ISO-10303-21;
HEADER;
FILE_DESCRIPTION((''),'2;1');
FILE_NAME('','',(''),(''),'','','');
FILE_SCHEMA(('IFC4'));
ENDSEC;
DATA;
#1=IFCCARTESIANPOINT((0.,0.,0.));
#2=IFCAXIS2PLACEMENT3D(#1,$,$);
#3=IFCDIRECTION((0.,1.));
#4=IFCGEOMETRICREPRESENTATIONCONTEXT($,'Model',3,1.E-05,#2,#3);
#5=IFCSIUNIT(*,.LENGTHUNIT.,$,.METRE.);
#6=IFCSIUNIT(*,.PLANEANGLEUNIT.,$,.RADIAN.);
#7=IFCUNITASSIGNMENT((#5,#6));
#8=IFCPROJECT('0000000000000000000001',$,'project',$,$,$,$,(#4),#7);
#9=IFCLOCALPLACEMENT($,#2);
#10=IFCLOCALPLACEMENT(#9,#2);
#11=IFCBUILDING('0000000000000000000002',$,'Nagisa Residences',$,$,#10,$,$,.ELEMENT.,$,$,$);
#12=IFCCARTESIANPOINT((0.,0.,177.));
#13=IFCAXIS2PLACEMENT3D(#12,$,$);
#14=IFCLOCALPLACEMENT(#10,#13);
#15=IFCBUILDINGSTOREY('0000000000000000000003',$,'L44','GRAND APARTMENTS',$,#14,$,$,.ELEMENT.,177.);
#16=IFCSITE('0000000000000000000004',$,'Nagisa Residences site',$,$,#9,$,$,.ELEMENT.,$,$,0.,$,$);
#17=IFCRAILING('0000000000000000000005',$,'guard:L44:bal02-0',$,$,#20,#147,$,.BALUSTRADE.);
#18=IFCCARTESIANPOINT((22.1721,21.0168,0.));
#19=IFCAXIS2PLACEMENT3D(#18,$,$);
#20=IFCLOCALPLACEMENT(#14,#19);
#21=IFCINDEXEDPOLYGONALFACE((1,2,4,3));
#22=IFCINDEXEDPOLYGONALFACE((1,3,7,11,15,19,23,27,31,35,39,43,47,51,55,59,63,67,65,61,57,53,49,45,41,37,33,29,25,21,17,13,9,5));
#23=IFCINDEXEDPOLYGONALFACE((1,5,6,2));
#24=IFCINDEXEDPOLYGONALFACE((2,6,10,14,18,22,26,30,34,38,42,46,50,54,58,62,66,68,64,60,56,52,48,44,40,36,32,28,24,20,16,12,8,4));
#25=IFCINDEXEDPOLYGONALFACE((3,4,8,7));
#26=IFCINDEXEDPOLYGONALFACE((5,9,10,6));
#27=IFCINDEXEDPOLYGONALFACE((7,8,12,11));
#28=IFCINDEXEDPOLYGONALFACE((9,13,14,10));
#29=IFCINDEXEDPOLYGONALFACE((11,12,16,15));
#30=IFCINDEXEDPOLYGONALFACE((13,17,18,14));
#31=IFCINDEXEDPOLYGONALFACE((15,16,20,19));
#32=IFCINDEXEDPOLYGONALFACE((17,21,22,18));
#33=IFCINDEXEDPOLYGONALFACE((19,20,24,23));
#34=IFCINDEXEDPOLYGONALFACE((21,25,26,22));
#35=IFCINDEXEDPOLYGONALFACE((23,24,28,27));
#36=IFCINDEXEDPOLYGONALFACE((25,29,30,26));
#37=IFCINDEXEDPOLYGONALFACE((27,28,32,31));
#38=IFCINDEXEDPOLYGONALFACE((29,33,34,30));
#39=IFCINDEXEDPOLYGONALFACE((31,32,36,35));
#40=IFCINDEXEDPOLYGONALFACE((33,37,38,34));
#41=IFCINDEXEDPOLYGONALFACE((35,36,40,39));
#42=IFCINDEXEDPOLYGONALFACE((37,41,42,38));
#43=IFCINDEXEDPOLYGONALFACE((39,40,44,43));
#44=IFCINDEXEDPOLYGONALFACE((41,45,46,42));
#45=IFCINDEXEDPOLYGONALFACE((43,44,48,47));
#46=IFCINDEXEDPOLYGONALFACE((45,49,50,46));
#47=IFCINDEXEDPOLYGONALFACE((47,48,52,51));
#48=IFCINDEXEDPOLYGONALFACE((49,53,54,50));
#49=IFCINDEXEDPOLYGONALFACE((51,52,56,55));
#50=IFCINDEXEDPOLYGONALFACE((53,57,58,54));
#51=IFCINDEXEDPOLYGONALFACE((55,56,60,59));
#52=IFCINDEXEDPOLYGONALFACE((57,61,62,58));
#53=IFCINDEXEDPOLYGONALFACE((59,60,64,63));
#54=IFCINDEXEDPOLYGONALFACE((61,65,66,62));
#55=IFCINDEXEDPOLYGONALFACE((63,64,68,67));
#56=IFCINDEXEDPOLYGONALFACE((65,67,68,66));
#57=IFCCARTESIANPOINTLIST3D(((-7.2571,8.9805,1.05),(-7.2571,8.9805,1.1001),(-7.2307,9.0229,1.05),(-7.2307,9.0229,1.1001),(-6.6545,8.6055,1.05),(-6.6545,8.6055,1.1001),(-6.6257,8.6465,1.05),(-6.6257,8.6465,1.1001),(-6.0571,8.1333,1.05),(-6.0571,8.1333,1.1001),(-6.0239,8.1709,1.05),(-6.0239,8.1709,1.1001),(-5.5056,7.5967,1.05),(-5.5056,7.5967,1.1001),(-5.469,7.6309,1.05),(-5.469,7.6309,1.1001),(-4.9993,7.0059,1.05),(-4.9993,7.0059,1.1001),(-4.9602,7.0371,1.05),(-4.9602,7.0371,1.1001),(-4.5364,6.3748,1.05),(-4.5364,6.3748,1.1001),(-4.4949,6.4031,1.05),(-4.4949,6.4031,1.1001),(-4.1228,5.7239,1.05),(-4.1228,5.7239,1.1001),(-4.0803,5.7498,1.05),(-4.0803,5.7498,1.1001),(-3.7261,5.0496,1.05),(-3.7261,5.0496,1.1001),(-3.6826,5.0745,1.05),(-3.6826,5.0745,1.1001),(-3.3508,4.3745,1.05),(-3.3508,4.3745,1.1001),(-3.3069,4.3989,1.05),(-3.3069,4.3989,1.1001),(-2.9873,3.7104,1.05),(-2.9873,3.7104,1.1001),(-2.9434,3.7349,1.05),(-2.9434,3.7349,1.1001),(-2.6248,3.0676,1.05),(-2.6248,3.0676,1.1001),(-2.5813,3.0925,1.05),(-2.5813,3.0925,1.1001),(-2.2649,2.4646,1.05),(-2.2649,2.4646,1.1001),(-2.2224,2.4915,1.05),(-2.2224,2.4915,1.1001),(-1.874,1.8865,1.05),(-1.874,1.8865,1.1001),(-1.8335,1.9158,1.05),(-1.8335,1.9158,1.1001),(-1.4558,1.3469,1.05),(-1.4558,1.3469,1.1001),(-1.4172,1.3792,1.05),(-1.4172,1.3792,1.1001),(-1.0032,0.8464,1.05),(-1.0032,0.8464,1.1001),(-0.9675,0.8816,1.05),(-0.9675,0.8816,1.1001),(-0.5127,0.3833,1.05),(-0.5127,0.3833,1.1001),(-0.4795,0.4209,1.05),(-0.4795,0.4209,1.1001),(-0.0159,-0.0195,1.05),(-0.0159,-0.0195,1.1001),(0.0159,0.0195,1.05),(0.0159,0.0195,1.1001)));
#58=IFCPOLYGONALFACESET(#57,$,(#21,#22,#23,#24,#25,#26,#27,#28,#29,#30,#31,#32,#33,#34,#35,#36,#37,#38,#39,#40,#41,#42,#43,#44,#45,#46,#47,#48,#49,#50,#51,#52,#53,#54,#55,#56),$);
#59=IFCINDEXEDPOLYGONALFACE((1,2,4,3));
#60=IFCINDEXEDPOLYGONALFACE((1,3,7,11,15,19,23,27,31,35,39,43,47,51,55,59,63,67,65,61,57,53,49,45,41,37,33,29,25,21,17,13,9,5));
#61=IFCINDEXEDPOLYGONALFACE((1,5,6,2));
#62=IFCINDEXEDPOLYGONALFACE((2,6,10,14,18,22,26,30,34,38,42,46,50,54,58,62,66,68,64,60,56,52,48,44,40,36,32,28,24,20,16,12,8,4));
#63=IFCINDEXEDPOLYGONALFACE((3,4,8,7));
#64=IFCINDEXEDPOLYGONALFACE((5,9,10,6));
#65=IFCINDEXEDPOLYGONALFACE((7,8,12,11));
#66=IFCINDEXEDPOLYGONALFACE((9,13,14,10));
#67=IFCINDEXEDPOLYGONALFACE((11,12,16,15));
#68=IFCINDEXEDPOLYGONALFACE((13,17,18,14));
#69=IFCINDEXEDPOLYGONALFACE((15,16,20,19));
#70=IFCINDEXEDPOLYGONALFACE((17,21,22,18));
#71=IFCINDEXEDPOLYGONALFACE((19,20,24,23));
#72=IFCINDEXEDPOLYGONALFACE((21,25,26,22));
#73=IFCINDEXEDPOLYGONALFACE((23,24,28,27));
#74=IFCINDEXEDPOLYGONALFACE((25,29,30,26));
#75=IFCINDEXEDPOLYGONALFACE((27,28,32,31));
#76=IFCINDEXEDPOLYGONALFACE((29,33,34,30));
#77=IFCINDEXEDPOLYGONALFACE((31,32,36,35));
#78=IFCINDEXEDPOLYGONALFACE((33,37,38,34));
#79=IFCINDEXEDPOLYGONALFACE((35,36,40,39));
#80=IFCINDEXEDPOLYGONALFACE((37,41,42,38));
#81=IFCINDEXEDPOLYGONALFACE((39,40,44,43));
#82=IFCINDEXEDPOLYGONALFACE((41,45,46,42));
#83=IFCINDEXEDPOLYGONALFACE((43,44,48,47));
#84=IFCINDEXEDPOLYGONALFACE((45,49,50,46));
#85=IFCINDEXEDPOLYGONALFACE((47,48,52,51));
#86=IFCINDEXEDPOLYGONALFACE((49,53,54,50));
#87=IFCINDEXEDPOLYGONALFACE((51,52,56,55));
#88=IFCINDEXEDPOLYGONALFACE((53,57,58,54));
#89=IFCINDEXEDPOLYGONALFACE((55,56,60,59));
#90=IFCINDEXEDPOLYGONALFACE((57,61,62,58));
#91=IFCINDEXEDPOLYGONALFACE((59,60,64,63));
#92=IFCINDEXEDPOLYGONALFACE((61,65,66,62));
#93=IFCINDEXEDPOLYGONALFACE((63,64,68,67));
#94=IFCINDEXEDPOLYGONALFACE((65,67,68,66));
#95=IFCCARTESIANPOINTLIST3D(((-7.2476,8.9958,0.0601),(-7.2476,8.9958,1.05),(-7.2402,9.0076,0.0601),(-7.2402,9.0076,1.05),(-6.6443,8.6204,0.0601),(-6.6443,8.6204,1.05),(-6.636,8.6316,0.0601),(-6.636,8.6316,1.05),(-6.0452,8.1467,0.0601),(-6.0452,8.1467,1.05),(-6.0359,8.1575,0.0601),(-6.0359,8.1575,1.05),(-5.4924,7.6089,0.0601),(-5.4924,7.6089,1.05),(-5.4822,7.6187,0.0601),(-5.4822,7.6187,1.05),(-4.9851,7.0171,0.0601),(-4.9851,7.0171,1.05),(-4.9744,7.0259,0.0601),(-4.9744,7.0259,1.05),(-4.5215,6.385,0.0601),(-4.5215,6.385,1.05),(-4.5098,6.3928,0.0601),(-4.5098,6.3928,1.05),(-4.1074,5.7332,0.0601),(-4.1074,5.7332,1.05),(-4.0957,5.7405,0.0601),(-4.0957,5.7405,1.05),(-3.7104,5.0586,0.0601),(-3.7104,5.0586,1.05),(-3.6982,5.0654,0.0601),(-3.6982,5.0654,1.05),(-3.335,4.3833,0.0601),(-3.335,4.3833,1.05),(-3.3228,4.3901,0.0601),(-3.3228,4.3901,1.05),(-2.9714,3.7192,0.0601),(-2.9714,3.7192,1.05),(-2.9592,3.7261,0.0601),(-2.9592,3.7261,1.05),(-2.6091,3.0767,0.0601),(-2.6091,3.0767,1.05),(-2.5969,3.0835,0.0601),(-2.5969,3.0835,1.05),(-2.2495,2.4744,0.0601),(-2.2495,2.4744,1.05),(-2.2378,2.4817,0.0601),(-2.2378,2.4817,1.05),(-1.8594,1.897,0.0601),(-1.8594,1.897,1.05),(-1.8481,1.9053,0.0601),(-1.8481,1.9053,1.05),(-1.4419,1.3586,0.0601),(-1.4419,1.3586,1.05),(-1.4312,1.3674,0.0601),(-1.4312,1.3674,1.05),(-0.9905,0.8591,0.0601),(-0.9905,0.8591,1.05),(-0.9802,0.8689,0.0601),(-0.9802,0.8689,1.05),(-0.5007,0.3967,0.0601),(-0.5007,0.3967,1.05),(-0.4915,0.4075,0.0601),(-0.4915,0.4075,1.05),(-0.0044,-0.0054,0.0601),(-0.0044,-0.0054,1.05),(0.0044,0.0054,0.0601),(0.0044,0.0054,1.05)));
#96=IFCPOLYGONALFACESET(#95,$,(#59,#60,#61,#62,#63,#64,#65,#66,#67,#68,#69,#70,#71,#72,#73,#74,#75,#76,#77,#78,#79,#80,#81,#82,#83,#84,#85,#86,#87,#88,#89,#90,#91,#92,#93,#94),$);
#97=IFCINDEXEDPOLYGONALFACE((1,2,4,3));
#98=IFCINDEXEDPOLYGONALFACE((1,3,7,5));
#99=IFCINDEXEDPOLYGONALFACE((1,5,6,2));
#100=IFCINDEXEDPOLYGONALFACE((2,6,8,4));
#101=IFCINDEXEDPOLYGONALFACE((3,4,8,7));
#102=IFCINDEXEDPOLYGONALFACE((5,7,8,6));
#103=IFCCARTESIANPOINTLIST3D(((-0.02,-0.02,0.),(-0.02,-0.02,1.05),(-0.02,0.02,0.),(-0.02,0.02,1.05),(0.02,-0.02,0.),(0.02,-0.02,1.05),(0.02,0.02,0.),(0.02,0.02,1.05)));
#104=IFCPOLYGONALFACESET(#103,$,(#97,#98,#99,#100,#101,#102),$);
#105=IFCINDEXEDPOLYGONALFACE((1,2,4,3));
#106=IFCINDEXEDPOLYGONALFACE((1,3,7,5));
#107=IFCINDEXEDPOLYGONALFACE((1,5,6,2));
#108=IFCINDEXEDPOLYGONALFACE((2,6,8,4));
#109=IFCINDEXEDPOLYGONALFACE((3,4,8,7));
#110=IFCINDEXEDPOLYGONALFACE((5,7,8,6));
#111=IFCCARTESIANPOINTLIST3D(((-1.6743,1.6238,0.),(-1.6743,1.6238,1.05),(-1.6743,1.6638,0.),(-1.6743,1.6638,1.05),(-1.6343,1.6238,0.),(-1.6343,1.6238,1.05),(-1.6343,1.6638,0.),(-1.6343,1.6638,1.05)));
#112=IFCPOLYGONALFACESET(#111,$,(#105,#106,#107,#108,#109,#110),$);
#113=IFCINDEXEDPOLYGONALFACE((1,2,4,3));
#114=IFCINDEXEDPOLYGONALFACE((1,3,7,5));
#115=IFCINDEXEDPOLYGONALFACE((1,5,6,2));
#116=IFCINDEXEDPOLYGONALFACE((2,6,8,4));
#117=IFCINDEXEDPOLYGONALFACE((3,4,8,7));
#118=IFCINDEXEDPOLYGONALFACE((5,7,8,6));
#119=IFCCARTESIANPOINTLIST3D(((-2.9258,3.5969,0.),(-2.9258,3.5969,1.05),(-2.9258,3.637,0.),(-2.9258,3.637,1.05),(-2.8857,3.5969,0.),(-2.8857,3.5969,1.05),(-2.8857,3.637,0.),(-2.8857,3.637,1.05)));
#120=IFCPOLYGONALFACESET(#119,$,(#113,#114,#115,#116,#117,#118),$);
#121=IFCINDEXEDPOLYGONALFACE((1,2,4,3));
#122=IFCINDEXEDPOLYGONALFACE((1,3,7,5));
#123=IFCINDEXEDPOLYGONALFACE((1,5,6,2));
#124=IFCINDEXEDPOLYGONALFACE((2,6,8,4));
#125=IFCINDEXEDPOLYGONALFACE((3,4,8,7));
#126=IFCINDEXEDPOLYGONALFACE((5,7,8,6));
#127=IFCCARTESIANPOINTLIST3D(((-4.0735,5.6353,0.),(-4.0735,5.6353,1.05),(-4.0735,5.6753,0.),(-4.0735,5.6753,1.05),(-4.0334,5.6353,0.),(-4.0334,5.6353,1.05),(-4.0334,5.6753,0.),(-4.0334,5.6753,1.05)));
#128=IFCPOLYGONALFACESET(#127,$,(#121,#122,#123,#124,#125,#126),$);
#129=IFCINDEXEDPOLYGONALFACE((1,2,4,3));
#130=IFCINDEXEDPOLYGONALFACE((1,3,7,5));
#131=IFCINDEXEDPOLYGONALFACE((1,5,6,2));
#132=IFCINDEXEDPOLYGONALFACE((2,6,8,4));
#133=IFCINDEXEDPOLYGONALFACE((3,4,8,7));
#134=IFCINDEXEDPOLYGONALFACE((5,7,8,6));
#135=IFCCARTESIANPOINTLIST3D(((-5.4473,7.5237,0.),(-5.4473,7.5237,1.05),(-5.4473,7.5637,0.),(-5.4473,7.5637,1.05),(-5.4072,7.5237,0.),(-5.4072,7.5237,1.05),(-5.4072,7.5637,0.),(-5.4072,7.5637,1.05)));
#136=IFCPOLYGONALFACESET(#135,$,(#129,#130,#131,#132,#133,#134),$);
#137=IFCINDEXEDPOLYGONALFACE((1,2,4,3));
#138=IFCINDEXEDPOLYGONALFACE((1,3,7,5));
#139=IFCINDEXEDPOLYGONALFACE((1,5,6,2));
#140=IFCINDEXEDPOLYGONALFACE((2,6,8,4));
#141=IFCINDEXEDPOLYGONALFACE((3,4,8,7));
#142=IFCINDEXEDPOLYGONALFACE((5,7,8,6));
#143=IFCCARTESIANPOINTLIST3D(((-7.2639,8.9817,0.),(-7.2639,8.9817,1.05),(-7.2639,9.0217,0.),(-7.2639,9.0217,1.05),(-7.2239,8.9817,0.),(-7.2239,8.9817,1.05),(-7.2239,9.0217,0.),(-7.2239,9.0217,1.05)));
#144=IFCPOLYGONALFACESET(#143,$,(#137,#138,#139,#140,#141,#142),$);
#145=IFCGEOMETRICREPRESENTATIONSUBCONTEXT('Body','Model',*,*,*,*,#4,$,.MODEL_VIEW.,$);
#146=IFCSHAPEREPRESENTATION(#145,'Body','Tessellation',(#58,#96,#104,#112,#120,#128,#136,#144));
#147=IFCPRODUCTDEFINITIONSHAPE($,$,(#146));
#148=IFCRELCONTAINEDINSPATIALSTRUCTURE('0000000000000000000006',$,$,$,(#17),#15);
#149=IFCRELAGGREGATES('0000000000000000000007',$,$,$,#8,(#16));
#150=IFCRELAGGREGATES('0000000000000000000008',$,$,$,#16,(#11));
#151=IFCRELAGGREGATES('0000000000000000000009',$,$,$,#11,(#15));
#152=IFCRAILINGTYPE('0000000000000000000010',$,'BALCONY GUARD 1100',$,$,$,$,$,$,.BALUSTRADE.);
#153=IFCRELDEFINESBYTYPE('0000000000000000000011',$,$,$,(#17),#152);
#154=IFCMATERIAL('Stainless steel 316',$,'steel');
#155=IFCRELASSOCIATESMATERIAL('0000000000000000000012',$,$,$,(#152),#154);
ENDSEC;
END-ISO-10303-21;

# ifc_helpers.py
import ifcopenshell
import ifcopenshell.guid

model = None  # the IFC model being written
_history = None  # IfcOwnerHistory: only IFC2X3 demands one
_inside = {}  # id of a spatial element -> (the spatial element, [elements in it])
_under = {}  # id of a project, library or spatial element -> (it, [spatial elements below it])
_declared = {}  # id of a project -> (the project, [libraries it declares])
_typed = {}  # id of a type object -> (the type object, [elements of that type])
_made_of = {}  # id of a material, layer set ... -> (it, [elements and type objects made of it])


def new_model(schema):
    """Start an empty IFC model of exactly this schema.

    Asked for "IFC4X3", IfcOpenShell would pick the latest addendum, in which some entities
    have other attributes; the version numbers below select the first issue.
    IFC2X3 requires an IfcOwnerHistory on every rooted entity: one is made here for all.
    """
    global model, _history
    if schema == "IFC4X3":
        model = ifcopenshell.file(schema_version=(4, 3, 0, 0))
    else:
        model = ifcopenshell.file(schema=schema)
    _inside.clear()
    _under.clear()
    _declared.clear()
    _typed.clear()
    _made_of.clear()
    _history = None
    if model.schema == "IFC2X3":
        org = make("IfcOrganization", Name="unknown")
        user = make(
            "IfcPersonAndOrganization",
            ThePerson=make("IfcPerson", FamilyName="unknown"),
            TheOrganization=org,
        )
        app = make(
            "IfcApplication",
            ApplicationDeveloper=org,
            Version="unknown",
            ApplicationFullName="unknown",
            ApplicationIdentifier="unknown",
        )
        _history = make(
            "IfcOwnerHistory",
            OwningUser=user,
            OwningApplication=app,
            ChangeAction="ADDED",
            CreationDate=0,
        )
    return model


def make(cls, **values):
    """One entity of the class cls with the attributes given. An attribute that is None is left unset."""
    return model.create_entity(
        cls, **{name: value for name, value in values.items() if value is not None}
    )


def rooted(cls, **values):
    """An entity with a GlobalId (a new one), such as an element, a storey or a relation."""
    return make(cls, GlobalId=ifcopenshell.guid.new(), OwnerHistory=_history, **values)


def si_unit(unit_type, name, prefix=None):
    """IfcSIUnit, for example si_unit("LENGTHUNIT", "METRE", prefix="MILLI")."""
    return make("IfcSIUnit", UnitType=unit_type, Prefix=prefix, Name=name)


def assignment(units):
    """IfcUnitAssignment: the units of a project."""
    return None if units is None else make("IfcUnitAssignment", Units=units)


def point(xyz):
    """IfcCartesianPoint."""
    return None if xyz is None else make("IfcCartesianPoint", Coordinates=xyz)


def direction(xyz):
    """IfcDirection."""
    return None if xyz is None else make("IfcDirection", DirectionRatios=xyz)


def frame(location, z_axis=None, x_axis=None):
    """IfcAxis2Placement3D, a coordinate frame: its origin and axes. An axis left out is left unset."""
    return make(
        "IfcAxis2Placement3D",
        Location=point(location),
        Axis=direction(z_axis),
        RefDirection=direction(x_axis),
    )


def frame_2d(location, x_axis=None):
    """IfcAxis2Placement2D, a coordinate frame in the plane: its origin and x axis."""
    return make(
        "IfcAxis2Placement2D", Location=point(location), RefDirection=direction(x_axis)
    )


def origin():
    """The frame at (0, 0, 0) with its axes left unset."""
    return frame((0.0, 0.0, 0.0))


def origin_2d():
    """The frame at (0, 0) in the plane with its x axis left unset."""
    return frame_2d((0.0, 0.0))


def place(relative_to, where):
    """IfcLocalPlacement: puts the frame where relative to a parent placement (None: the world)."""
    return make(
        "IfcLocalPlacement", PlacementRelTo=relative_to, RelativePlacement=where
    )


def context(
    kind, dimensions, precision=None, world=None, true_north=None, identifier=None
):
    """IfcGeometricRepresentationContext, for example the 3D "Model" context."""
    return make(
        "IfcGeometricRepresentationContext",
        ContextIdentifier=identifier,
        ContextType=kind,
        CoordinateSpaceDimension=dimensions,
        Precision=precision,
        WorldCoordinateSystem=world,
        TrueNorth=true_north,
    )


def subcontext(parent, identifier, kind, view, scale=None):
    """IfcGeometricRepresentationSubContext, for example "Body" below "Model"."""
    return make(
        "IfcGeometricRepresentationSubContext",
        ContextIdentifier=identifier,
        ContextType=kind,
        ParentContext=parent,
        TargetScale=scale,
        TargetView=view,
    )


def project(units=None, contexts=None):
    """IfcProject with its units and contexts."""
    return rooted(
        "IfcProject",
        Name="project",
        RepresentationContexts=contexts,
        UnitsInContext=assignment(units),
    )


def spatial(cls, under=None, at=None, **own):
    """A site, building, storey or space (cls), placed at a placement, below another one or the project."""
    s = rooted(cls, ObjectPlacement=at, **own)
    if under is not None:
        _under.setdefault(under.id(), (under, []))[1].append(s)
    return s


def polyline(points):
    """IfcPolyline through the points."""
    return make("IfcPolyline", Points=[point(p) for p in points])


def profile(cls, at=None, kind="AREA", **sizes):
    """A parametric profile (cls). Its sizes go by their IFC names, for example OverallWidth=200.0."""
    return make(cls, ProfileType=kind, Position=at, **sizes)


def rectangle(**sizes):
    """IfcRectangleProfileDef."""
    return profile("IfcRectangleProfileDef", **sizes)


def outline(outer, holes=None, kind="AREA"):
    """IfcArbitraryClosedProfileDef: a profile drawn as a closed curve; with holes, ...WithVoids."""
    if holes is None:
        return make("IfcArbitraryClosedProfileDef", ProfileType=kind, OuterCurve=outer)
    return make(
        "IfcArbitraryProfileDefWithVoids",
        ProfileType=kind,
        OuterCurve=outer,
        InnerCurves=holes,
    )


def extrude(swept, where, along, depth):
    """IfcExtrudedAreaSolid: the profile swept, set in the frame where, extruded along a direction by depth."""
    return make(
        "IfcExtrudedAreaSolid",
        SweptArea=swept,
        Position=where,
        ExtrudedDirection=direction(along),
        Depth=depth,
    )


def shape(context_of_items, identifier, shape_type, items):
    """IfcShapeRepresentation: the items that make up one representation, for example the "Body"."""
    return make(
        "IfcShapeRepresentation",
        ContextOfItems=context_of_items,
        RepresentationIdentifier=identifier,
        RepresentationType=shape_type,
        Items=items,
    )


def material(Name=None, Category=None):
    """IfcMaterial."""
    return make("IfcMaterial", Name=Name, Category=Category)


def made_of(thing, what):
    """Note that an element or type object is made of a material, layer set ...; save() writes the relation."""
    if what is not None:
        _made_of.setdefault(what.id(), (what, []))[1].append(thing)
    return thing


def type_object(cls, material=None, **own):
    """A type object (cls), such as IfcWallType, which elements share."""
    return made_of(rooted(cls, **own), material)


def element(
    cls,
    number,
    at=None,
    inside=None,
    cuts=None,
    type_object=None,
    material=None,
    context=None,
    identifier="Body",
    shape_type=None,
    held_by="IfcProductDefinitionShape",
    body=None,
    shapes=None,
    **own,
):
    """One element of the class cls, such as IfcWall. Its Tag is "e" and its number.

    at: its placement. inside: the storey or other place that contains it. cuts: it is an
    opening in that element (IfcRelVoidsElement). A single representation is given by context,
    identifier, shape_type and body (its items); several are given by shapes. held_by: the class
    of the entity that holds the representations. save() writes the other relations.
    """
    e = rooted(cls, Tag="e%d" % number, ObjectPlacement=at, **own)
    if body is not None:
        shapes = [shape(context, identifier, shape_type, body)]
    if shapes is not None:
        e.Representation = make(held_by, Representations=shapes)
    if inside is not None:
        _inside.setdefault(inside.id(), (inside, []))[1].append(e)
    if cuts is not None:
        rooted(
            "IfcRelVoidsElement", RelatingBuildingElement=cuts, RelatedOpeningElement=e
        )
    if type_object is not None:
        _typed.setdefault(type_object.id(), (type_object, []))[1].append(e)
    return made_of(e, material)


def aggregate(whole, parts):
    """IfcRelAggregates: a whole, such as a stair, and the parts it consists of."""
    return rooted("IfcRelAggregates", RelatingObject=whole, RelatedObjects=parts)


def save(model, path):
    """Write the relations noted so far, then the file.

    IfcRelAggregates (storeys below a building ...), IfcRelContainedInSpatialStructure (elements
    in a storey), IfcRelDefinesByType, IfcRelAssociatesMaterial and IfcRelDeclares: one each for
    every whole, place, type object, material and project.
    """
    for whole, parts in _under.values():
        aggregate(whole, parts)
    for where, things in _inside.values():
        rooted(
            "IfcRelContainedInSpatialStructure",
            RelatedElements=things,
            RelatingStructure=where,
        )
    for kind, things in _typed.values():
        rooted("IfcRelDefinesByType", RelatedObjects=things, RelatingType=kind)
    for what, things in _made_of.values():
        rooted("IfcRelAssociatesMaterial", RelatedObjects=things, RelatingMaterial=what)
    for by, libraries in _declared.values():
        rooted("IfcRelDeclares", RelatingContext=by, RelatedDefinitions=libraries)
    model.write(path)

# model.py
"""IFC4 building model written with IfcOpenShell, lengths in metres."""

from ifc_helpers import new_model, si_unit, direction, frame, origin, origin_2d, place, context, subcontext, project, spatial, polyline, rectangle, outline, extrude, material, type_object, element, save


model = new_model("IFC4")

# Units and contexts
model_context = context("Model", 3, precision=1e-05, world=origin(), true_north=direction((0.0, 1.0)))
body_context = subcontext(model_context, "Body", "Model", "MODEL_VIEW")
ifc_project = project(units=[si_unit("LENGTHUNIT", "METRE"), si_unit("PLANEANGLEUNIT", "RADIAN")], contexts=[model_context])

# Site, building, storey
site_placement = place(None, origin())
site = spatial("IfcSite", under=ifc_project, at=site_placement, Name="Nagisa Residences site", CompositionType="ELEMENT", RefElevation=0.0)
building_placement = place(site_placement, origin())
building = spatial("IfcBuilding", under=site, at=building_placement, Name="Nagisa Residences", CompositionType="ELEMENT")
storey_placement = place(building_placement, frame((0.0, 0.0, 177.0)))
storey = spatial("IfcBuildingStorey", under=building, at=storey_placement, Name="L44", Description="GRAND APARTMENTS", CompositionType="ELEMENT", Elevation=177.0)

# Railing
ifc_material_1 = material(Name="Stainless steel 316", Category="steel")
railing_type = type_object("IfcRailingType", Name="BALCONY GUARD 1100", PredefinedType="BALUSTRADE", material=ifc_material_1)
railing_1_placement = place(storey_placement, frame((22.1721, 21.0168, 0.0)))
element("IfcRailing", 1, at=railing_1_placement, inside=storey, type_object=railing_type, Name="guard:L44:bal02-0", PredefinedType="BALUSTRADE", context=body_context, shape_type="SweptSolid", body=[
    extrude(outline(polyline([(-0.5127, 0.3833), (-0.0159, -0.0195), (0.0159, 0.0195), (-0.4795, 0.4209), (-0.9675, 0.8816), (-1.4172, 1.3792), (-1.8335, 1.9158), (-2.2224, 2.4915), (-2.5813, 3.0925), (-2.9434, 3.7349), (-3.3069, 4.3989), (-3.6826, 5.0745), (-4.0803, 5.7498), (-4.4949, 6.4031), (-4.9602, 7.0371), (-5.469, 7.6309), (-6.0239, 8.1709), (-6.6257, 8.6465), (-7.2307, 9.0229), (-7.2571, 8.9805), (-6.6545, 8.6055), (-6.0571, 8.1333), (-5.5056, 7.5967), (-4.9993, 7.0059), (-4.5364, 6.3748), (-4.1228, 5.7239), (-3.7261, 5.0496), (-3.3508, 4.3745), (-2.9873, 3.7104), (-2.6248, 3.0676), (-2.2649, 2.4646), (-1.874, 1.8865), (-1.4558, 1.3469), (-1.0032, 0.8464), (-0.5127, 0.3833)])), frame((0.0, 0.0, 1.05)), (0.0, 0.0, 1.0), 0.05),
    extrude(outline(polyline([(-0.5007, 0.3967), (-0.0044, -0.0054), (0.0044, 0.0054), (-0.4915, 0.4075), (-0.9802, 0.8689), (-1.4312, 1.3674), (-1.8481, 1.9053), (-2.2378, 2.4817), (-2.5969, 3.0835), (-2.9592, 3.7261), (-3.3228, 4.3901), (-3.6982, 5.0654), (-4.0957, 5.7405), (-4.5098, 6.3928), (-4.9744, 7.0259), (-5.4822, 7.6187), (-6.0359, 8.1575), (-6.636, 8.6316), (-7.2402, 9.0076), (-7.2476, 8.9958), (-6.6443, 8.6204), (-6.0452, 8.1467), (-5.4924, 7.6089), (-4.9851, 7.0171), (-4.5215, 6.385), (-4.1074, 5.7332), (-3.7104, 5.0586), (-3.335, 4.3833), (-2.9714, 3.7192), (-2.6091, 3.0767), (-2.2495, 2.4744), (-1.8594, 1.897), (-1.4419, 1.3586), (-0.9905, 0.8591), (-0.5007, 0.3967)])), frame((0.0, 0.0, 0.0601)), (0.0, 0.0, 1.0), 0.99),
    extrude(rectangle(XDim=0.04, YDim=0.04, at=origin_2d()), origin(), (0.0, 0.0, 1.0), 1.05),
    extrude(rectangle(XDim=0.04, YDim=0.04, at=origin_2d()), frame((-1.6543, 1.6438, 0.0)), (0.0, 0.0, 1.0), 1.05),
    extrude(rectangle(XDim=0.04, YDim=0.04, at=origin_2d()), frame((-2.9058, 3.6169, 0.0)), (0.0, 0.0, 1.0), 1.05),
    extrude(rectangle(XDim=0.04, YDim=0.04, at=origin_2d()), frame((-4.0535, 5.6553, 0.0)), (0.0, 0.0, 1.0), 1.05),
    extrude(rectangle(XDim=0.04, YDim=0.04, at=origin_2d()), frame((-5.4272, 7.5437, 0.0)), (0.0, 0.0, 1.0), 1.05),
    extrude(rectangle(XDim=0.04, YDim=0.04, at=origin_2d()), frame((-7.2439, 9.0017, 0.0)), (0.0, 0.0, 1.0), 1.05),
])

save(model, "model.ifc")
